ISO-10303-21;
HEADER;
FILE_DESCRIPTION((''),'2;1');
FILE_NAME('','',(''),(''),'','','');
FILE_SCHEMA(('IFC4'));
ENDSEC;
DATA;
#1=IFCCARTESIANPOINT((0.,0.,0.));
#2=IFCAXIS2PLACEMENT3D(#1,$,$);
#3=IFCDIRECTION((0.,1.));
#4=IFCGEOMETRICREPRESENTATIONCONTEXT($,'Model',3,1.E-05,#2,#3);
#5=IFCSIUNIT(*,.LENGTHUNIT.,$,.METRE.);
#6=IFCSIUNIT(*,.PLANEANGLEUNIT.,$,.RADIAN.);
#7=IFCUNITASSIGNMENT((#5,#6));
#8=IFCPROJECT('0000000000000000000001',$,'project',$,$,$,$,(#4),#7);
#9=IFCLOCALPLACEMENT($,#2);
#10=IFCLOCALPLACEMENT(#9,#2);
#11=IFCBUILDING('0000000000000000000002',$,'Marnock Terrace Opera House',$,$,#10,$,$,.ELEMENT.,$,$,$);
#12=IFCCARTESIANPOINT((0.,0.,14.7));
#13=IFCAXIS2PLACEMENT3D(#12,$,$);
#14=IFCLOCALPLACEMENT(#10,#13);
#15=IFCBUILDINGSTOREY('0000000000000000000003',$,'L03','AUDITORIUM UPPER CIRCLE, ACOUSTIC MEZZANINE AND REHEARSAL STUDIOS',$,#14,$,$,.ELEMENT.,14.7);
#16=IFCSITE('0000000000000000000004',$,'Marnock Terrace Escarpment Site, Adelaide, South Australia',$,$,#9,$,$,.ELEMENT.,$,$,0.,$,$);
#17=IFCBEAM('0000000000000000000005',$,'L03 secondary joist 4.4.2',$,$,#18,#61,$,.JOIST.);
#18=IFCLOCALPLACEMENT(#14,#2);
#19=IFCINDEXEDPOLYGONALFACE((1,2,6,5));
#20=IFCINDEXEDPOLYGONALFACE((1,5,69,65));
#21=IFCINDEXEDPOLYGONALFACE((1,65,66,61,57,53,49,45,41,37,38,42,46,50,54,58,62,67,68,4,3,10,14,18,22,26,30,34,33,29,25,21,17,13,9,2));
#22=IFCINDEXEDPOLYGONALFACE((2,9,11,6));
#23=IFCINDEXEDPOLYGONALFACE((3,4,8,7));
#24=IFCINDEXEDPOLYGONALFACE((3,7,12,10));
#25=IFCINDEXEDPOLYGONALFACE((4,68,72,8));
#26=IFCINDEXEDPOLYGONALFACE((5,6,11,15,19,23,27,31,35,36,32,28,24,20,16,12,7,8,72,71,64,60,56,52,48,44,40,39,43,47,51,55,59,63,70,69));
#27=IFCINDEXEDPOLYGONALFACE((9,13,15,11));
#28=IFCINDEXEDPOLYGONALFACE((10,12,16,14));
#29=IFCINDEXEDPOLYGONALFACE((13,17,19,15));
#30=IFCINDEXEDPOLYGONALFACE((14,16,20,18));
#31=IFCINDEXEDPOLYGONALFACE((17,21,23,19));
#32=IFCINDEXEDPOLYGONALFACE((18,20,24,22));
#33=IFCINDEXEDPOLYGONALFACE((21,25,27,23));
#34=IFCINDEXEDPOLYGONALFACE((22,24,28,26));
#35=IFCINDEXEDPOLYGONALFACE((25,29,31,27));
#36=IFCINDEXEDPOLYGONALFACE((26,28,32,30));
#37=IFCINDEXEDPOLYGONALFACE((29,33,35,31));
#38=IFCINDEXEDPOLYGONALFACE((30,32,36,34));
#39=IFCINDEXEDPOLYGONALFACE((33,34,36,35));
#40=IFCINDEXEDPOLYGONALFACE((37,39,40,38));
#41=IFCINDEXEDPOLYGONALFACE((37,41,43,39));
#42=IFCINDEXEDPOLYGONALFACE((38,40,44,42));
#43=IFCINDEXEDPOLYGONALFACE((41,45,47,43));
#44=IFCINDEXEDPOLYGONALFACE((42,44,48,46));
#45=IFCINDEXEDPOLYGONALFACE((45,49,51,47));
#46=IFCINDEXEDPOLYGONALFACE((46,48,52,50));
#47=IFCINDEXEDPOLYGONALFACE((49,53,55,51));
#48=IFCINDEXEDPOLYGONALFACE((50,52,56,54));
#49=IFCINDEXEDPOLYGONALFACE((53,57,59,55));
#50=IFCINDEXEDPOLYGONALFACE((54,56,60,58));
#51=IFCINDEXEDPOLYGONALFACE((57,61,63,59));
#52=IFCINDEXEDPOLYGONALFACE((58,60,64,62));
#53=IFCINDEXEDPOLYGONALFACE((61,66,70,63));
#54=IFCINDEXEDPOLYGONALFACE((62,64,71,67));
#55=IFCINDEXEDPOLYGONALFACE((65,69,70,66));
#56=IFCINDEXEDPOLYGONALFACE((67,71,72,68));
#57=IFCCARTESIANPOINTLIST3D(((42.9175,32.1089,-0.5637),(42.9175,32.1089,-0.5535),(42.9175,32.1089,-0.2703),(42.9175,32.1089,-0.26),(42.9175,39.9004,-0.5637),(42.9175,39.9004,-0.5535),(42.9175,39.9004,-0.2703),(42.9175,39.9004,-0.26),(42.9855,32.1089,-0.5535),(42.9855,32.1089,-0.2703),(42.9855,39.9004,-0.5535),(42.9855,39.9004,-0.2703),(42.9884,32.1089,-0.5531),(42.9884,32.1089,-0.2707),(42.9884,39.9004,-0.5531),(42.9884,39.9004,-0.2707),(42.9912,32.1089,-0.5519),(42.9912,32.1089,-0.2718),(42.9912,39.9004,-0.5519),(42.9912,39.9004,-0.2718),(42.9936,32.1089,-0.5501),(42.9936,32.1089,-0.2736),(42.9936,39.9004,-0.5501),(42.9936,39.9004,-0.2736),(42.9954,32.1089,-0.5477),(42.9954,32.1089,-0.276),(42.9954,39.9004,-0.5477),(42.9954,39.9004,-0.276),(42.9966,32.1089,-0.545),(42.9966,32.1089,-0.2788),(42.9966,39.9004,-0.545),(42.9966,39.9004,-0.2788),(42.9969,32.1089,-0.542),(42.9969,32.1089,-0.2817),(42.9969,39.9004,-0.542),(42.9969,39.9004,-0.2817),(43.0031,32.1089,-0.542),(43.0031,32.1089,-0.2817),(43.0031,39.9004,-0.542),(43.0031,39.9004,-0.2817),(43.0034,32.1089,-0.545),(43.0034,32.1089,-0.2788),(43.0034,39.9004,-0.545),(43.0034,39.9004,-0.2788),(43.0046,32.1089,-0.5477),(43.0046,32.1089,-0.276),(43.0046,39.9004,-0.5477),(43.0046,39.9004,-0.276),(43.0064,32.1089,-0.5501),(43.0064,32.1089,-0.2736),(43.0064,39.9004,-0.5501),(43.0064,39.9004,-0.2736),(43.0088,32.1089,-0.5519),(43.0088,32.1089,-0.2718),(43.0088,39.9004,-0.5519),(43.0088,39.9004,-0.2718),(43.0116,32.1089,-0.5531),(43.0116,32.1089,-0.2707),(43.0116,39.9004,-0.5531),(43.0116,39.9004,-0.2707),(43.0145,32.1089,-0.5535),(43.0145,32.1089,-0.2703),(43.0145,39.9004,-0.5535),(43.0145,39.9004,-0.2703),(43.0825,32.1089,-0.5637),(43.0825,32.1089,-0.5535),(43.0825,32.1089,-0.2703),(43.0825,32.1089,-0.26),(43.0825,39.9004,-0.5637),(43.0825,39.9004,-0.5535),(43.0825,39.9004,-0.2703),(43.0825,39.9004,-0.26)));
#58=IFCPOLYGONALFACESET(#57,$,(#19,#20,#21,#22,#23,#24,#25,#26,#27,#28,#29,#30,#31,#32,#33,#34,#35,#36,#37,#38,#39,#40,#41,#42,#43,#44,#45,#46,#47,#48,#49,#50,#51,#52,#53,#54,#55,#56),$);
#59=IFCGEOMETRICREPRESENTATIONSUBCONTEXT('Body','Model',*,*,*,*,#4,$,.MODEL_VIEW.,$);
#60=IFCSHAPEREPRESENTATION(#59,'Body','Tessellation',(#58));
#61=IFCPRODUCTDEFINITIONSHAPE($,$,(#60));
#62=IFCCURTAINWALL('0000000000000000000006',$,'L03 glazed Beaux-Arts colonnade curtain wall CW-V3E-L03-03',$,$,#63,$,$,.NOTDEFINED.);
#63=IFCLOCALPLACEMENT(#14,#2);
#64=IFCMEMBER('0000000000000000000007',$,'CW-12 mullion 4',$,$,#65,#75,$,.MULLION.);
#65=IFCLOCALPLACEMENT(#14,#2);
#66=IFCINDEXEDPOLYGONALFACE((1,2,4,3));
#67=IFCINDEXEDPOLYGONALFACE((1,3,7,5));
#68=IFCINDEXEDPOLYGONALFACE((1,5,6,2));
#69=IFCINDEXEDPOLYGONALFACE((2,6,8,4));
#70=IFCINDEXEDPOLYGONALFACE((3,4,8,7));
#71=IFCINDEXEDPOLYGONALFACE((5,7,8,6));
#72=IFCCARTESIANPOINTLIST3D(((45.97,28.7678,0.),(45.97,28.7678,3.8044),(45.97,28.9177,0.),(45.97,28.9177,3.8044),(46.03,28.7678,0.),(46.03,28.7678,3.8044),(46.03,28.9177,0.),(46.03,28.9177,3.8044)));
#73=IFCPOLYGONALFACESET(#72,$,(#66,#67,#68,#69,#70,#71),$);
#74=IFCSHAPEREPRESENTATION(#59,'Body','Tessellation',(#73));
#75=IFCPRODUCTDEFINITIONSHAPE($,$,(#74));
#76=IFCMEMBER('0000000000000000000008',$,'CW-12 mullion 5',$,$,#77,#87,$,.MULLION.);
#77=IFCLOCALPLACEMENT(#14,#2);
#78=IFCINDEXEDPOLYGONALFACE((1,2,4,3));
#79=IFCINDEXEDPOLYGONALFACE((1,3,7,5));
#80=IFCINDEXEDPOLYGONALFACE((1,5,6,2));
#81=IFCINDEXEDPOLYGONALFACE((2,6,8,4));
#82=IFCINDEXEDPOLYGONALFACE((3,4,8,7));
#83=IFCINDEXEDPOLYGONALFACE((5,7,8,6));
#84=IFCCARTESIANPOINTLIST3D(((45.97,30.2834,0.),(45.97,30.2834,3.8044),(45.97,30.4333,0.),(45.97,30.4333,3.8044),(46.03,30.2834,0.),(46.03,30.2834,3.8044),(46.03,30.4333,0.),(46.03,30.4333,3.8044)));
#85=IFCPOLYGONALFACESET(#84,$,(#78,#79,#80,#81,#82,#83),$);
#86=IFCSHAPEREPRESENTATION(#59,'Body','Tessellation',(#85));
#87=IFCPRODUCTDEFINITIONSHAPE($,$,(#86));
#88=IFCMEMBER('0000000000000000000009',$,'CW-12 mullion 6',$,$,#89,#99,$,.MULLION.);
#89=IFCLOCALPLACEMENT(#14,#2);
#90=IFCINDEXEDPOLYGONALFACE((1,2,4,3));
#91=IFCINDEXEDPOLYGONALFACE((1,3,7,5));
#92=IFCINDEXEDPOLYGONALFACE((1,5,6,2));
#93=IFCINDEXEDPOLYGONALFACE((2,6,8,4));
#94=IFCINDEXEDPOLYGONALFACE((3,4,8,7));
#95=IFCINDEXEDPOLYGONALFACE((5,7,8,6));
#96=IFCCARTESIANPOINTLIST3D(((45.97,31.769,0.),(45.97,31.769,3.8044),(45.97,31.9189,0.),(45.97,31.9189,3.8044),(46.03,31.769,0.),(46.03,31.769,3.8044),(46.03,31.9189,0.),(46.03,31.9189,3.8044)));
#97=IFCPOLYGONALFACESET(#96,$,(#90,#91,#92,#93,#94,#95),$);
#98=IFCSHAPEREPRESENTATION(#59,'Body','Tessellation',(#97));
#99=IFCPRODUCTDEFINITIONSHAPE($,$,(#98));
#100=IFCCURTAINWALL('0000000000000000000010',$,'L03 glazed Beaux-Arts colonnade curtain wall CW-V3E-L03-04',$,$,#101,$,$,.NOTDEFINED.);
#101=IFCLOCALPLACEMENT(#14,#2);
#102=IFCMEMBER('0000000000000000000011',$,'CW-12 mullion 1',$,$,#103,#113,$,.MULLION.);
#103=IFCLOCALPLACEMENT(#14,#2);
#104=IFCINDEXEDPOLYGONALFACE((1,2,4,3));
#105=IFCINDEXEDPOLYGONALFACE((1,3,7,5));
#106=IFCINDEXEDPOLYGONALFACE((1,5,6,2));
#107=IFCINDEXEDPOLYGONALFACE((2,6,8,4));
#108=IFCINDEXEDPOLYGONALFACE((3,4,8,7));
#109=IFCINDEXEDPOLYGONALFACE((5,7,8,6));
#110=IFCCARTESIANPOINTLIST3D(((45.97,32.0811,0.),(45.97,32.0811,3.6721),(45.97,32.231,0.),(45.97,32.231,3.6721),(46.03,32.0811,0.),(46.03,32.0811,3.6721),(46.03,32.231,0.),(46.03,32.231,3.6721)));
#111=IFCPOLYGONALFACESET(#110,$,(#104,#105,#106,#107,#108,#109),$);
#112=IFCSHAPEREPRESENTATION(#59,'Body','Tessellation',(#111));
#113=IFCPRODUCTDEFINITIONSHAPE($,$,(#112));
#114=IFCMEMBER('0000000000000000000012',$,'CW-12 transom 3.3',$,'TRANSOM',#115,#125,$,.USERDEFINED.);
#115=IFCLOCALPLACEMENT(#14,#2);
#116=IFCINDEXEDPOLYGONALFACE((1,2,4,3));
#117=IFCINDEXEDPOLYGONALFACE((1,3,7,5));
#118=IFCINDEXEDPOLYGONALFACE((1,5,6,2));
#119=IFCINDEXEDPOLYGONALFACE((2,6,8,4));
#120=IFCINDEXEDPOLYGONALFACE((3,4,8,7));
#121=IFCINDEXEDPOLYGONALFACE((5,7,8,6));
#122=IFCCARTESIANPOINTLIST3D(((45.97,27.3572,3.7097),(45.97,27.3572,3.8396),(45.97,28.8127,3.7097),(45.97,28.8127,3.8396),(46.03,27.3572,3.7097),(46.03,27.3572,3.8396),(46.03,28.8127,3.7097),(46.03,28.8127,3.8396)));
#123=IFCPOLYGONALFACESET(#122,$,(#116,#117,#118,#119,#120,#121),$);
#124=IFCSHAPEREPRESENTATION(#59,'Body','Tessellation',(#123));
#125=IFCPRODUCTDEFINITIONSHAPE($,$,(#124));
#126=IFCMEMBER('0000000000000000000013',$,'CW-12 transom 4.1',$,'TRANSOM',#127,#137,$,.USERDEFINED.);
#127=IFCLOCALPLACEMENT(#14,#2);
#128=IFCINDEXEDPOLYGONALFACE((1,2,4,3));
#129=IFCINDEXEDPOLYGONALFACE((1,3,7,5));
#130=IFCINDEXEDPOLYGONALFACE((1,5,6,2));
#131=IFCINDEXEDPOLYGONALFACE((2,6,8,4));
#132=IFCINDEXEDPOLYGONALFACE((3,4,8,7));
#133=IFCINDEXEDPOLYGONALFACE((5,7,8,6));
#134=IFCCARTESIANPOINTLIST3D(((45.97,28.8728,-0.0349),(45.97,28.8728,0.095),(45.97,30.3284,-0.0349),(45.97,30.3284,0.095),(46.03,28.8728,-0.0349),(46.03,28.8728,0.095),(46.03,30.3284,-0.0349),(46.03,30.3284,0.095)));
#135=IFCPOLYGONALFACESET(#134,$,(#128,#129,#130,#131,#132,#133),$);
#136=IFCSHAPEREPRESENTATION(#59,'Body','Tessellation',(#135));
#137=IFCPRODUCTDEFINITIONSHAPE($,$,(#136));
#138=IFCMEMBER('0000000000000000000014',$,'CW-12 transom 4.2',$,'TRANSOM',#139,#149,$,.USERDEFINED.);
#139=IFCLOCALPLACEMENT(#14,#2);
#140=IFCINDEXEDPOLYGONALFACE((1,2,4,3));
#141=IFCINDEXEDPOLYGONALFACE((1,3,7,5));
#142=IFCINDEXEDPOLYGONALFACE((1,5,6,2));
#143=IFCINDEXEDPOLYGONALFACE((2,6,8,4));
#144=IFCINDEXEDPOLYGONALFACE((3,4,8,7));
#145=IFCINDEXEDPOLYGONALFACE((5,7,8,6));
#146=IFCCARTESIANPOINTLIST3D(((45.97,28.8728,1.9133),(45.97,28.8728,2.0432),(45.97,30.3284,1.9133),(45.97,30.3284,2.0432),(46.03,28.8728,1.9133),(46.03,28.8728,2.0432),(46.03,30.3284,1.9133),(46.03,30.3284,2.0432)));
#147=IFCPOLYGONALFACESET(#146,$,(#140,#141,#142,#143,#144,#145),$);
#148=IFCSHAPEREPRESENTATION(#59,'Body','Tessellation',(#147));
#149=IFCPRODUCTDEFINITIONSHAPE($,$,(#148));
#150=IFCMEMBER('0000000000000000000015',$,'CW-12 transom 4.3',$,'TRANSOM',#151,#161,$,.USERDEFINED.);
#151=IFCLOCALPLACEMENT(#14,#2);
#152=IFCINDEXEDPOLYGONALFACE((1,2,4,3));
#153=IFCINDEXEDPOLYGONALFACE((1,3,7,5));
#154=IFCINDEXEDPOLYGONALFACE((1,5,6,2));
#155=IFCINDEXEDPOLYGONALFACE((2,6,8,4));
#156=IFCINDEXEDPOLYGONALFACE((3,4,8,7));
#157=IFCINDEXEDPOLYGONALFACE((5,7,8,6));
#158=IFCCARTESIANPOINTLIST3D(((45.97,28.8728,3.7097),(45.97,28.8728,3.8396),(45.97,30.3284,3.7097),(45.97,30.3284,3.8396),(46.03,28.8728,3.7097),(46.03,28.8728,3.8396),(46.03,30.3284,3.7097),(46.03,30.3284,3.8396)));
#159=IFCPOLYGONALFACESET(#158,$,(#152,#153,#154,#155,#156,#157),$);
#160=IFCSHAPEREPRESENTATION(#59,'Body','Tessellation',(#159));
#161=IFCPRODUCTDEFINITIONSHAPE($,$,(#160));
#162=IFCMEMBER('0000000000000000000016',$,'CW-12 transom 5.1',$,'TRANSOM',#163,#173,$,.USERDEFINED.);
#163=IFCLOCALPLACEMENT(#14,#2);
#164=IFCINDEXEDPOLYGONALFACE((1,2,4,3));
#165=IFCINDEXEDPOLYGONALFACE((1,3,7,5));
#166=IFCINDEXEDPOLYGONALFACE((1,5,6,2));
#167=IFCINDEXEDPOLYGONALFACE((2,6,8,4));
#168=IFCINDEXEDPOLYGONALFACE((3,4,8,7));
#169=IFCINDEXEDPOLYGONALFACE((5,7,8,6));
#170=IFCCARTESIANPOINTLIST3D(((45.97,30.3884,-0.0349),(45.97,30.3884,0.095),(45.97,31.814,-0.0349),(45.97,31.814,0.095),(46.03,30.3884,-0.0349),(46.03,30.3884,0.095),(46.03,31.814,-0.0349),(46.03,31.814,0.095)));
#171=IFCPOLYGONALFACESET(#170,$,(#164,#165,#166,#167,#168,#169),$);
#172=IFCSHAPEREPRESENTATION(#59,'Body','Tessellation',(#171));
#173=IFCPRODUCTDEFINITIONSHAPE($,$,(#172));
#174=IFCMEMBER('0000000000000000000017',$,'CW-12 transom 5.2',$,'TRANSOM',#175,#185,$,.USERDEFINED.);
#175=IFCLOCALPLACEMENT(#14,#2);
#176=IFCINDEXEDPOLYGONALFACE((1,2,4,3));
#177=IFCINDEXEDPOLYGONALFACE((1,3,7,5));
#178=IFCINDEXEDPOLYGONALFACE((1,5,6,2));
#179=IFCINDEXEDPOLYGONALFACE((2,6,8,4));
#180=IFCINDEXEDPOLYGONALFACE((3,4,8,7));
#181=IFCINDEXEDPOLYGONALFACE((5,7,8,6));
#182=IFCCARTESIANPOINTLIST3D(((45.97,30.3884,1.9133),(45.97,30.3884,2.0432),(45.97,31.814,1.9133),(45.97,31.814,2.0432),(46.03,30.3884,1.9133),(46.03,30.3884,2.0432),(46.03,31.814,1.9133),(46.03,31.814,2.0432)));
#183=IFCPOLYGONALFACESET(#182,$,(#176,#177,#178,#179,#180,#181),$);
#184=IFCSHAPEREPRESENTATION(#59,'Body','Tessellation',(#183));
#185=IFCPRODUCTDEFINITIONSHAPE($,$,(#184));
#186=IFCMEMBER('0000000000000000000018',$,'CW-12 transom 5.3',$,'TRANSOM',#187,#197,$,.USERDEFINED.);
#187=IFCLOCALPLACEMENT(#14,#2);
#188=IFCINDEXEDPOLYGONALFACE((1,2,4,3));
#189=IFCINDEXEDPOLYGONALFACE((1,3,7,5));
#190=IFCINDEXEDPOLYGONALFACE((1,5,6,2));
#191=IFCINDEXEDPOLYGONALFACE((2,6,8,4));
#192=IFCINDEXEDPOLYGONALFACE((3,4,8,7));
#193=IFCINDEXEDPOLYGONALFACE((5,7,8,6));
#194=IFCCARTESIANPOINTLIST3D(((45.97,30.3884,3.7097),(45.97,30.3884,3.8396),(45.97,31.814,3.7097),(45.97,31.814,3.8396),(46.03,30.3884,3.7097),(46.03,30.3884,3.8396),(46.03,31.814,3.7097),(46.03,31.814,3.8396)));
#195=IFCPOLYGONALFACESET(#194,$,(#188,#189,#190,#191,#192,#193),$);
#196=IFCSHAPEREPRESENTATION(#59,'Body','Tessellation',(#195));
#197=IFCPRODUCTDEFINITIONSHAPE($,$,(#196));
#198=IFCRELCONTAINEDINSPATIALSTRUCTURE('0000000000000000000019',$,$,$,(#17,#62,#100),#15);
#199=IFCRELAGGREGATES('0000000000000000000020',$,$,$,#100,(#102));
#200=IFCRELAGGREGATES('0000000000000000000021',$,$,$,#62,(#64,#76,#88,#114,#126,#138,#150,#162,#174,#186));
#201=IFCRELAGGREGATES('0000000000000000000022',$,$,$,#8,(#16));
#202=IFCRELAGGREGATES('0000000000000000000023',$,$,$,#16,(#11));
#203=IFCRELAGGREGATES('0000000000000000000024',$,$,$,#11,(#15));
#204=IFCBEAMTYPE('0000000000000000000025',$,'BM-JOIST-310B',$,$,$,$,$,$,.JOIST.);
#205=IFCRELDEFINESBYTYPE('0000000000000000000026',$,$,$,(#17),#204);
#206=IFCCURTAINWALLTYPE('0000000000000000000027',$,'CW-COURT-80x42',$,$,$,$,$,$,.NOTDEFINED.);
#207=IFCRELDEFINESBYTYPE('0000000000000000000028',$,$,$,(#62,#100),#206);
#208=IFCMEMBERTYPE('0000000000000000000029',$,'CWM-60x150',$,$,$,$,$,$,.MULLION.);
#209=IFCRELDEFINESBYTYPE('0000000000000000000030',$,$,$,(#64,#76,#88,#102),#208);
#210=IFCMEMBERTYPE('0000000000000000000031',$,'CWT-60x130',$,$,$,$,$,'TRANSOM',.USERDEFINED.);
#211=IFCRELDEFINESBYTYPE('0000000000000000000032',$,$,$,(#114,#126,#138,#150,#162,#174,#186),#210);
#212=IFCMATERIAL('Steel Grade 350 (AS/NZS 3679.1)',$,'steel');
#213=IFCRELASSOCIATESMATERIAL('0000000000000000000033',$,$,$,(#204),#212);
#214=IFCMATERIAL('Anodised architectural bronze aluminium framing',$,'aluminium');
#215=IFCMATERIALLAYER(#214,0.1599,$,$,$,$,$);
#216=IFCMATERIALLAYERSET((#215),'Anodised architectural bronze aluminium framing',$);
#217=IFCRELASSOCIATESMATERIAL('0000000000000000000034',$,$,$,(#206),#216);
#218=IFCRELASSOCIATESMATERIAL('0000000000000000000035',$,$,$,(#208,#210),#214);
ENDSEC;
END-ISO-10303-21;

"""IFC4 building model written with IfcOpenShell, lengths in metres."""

from ifc_helpers import new_model, si_unit, direction, frame, origin, origin_2d, place, context, subcontext, project, spatial, rectangle, i_section, extrude, material, layer, layer_set, material_profile, profile_set, type_object, element, aggregate, save


model = new_model("IFC4")

# Units and contexts
model_context = context("Model", 3, precision=1e-05, world=origin(), true_north=direction((0.0, 1.0)))
body_context = subcontext(model_context, "Body", "Model", "MODEL_VIEW")
ifc_project = project(units=[si_unit("LENGTHUNIT", "METRE"), si_unit("PLANEANGLEUNIT", "RADIAN")], contexts=[model_context])

# Site, building, storey
site_placement = place(None, origin())
site = spatial("IfcSite", under=ifc_project, at=site_placement, Name="Marnock Terrace Escarpment Site, Adelaide, South Australia", CompositionType="ELEMENT", RefElevation=0.0)
building_placement = place(site_placement, origin())
building = spatial("IfcBuilding", under=site, at=building_placement, Name="Marnock Terrace Opera House", CompositionType="ELEMENT")
storey_placement = place(building_placement, frame((0.0, 0.0, 14.7)))
storey = spatial("IfcBuildingStorey", under=building, at=storey_placement, Name="L03", Description="AUDITORIUM UPPER CIRCLE, ACOUSTIC MEZZANINE AND REHEARSAL STUDIOS", CompositionType="ELEMENT", Elevation=14.7)

# Shared definitions
ifc_material_1 = material(Name="Steel Grade 350 (AS/NZS 3679.1)", Category="steel")

# Beam
ifc_material_profile_1 = material_profile(ifc_material_1, i_section(OverallWidth=0.165, OverallDepth=0.3037, WebThickness=0.0061, FlangeThickness=0.0103, FilletRadius=0.0115, at=origin_2d()))
ifc_profile_set_1 = profile_set([ifc_material_profile_1], Name="Steel Grade 350 (AS/NZS 3679.1)")
beam_type_1 = type_object("IfcBeamType", Name="BM-JOIST-310B", PredefinedType="JOIST", material=ifc_profile_set_1)
for number, where, z_axis, x_axis, name in (
    (1, (43.0, 32.1089, -0.4119), (0.0, 1.0, 0.0), (-1.0, 0.0, 0.0), "L03 secondary joist 4.4.2"),
):
    element("IfcBeam", number, at=place(storey_placement, frame(where, z_axis=z_axis, x_axis=x_axis)), inside=storey, type_object=beam_type_1, Name=name, PredefinedType="JOIST", context=body_context, shape_type="SweptSolid", body=[
        extrude(i_section(OverallWidth=0.165, OverallDepth=0.3037, WebThickness=0.0061, FlangeThickness=0.0103, FilletRadius=0.0115, at=origin_2d()), origin(), (0.0, 0.0, 1.0), 7.7915),
    ])

# Curtain wall, members
ifc_material_2 = material(Name="Anodised architectural bronze aluminium framing", Category="aluminium")
ifc_layer_1 = layer(ifc_material_2, 0.1599)
ifc_layer_set_1 = layer_set([ifc_layer_1], Name="Anodised architectural bronze aluminium framing")
curtain_wall_type = type_object("IfcCurtainWallType", Name="CW-COURT-80x42", PredefinedType="NOTDEFINED", material=ifc_layer_set_1)
curtain_wall_1_placement = place(storey_placement, origin())
curtain_wall_1 = element("IfcCurtainWall", 2, at=curtain_wall_1_placement, inside=storey, type_object=curtain_wall_type, Name="L03 glazed Beaux-Arts colonnade curtain wall CW-V3E-L03-03", PredefinedType="NOTDEFINED")
ifc_material_profile_2 = material_profile(ifc_material_2, rectangle(XDim=0.0601, YDim=0.1499, at=origin_2d()))
ifc_profile_set_2 = profile_set([ifc_material_profile_2], Name="Anodised architectural bronze aluminium framing")
member_type_1 = type_object("IfcMemberType", Name="CWM-60x150", PredefinedType="MULLION", material=ifc_profile_set_2)
member_1_placement = place(storey_placement, frame((46.0, 28.8428, 0.0), z_axis=(0.0, 0.0, 1.0), x_axis=(-1.0, 0.0, 0.0)))
member_1 = element("IfcMember", 3, at=member_1_placement, type_object=member_type_1, Name="CW-12 mullion 4", PredefinedType="MULLION", context=body_context, shape_type="SweptSolid", body=[
    extrude(rectangle(XDim=0.0601, YDim=0.1499, at=origin_2d()), origin(), (0.0, 0.0, 1.0), 3.8044),
])
member_2_placement = place(storey_placement, frame((46.0, 30.3584, 0.0), z_axis=(0.0, 0.0, 1.0), x_axis=(-1.0, 0.0, 0.0)))
member_2 = element("IfcMember", 4, at=member_2_placement, type_object=member_type_1, Name="CW-12 mullion 5", PredefinedType="MULLION", context=body_context, shape_type="SweptSolid", body=[
    extrude(rectangle(XDim=0.0601, YDim=0.1499, at=origin_2d()), origin(), (0.0, 0.0, 1.0), 3.8044),
])
member_3_placement = place(storey_placement, frame((46.0, 31.844, 0.0), z_axis=(0.0, 0.0, 1.0), x_axis=(-1.0, 0.0, 0.0)))
member_3 = element("IfcMember", 5, at=member_3_placement, type_object=member_type_1, Name="CW-12 mullion 6", PredefinedType="MULLION", context=body_context, shape_type="SweptSolid", body=[
    extrude(rectangle(XDim=0.0601, YDim=0.1499, at=origin_2d()), origin(), (0.0, 0.0, 1.0), 3.8044),
])

# Curtain wall, member
curtain_wall_2_placement = place(storey_placement, origin())
curtain_wall_2 = element("IfcCurtainWall", 6, at=curtain_wall_2_placement, inside=storey, type_object=curtain_wall_type, Name="L03 glazed Beaux-Arts colonnade curtain wall CW-V3E-L03-04", PredefinedType="NOTDEFINED")
member_4_placement = place(storey_placement, frame((46.0, 32.156, 0.0), z_axis=(0.0, 0.0, 1.0), x_axis=(-1.0, 0.0, 0.0)))
member_4 = element("IfcMember", 7, at=member_4_placement, type_object=member_type_1, Name="CW-12 mullion 1", PredefinedType="MULLION", context=body_context, shape_type="SweptSolid", body=[
    extrude(rectangle(XDim=0.0601, YDim=0.1499, at=origin_2d()), origin(), (0.0, 0.0, 1.0), 3.6721),
])

# Members
ifc_material_profile_3 = material_profile(ifc_material_2, rectangle(XDim=0.0601, YDim=0.1299, at=origin_2d()))
ifc_profile_set_3 = profile_set([ifc_material_profile_3], Name="Anodised architectural bronze aluminium framing")
member_type_2 = type_object("IfcMemberType", Name="CWT-60x130", ElementType="TRANSOM", PredefinedType="USERDEFINED", material=ifc_profile_set_3)
member_5_placement = place(storey_placement, frame((46.0, 27.3572, 3.7747), z_axis=(0.0, 1.0, 0.0), x_axis=(-1.0, 0.0, 0.0)))
member_5 = element("IfcMember", 8, at=member_5_placement, type_object=member_type_2, Name="CW-12 transom 3.3", ObjectType="TRANSOM", PredefinedType="USERDEFINED", context=body_context, shape_type="SweptSolid", body=[
    extrude(rectangle(XDim=0.0601, YDim=0.1299, at=origin_2d()), origin(), (0.0, 0.0, 1.0), 1.4556),
])
member_6_placement = place(storey_placement, frame((46.0, 28.8728, 0.03), z_axis=(0.0, 1.0, 0.0), x_axis=(-1.0, 0.0, 0.0)))
member_6 = element("IfcMember", 9, at=member_6_placement, type_object=member_type_2, Name="CW-12 transom 4.1", ObjectType="TRANSOM", PredefinedType="USERDEFINED", context=body_context, shape_type="SweptSolid", body=[
    extrude(rectangle(XDim=0.0601, YDim=0.1299, at=origin_2d()), origin(), (0.0, 0.0, 1.0), 1.4556),
])
member_7_placement = place(storey_placement, frame((46.0, 28.8728, 1.9783), z_axis=(0.0, 1.0, 0.0), x_axis=(-1.0, 0.0, 0.0)))
member_7 = element("IfcMember", 10, at=member_7_placement, type_object=member_type_2, Name="CW-12 transom 4.2", ObjectType="TRANSOM", PredefinedType="USERDEFINED", context=body_context, shape_type="SweptSolid", body=[
    extrude(rectangle(XDim=0.0601, YDim=0.1299, at=origin_2d()), origin(), (0.0, 0.0, 1.0), 1.4556),
])
member_8_placement = place(storey_placement, frame((46.0, 28.8728, 3.7747), z_axis=(0.0, 1.0, 0.0), x_axis=(-1.0, 0.0, 0.0)))
member_8 = element("IfcMember", 11, at=member_8_placement, type_object=member_type_2, Name="CW-12 transom 4.3", ObjectType="TRANSOM", PredefinedType="USERDEFINED", context=body_context, shape_type="SweptSolid", body=[
    extrude(rectangle(XDim=0.0601, YDim=0.1299, at=origin_2d()), origin(), (0.0, 0.0, 1.0), 1.4556),
])
member_9_placement = place(storey_placement, frame((46.0, 30.3884, 0.03), z_axis=(0.0, 1.0, 0.0), x_axis=(-1.0, 0.0, 0.0)))
member_9 = element("IfcMember", 12, at=member_9_placement, type_object=member_type_2, Name="CW-12 transom 5.1", ObjectType="TRANSOM", PredefinedType="USERDEFINED", context=body_context, shape_type="SweptSolid", body=[
    extrude(rectangle(XDim=0.0601, YDim=0.1299, at=origin_2d()), origin(), (0.0, 0.0, 1.0), 1.4255),
])
member_10_placement = place(storey_placement, frame((46.0, 30.3884, 1.9783), z_axis=(0.0, 1.0, 0.0), x_axis=(-1.0, 0.0, 0.0)))
member_10 = element("IfcMember", 13, at=member_10_placement, type_object=member_type_2, Name="CW-12 transom 5.2", ObjectType="TRANSOM", PredefinedType="USERDEFINED", context=body_context, shape_type="SweptSolid", body=[
    extrude(rectangle(XDim=0.0601, YDim=0.1299, at=origin_2d()), origin(), (0.0, 0.0, 1.0), 1.4255),
])
member_11_placement = place(storey_placement, frame((46.0, 30.3884, 3.7747), z_axis=(0.0, 1.0, 0.0), x_axis=(-1.0, 0.0, 0.0)))
member_11 = element("IfcMember", 14, at=member_11_placement, type_object=member_type_2, Name="CW-12 transom 5.3", ObjectType="TRANSOM", PredefinedType="USERDEFINED", context=body_context, shape_type="SweptSolid", body=[
    extrude(rectangle(XDim=0.0601, YDim=0.1299, at=origin_2d()), origin(), (0.0, 0.0, 1.0), 1.4255),
])
aggregate(curtain_wall_2, [member_4])

aggregate(curtain_wall_1, [member_1, member_2, member_3, member_5, member_6, member_7, member_8, member_9, member_10, member_11])

save(model, "model.ifc")
